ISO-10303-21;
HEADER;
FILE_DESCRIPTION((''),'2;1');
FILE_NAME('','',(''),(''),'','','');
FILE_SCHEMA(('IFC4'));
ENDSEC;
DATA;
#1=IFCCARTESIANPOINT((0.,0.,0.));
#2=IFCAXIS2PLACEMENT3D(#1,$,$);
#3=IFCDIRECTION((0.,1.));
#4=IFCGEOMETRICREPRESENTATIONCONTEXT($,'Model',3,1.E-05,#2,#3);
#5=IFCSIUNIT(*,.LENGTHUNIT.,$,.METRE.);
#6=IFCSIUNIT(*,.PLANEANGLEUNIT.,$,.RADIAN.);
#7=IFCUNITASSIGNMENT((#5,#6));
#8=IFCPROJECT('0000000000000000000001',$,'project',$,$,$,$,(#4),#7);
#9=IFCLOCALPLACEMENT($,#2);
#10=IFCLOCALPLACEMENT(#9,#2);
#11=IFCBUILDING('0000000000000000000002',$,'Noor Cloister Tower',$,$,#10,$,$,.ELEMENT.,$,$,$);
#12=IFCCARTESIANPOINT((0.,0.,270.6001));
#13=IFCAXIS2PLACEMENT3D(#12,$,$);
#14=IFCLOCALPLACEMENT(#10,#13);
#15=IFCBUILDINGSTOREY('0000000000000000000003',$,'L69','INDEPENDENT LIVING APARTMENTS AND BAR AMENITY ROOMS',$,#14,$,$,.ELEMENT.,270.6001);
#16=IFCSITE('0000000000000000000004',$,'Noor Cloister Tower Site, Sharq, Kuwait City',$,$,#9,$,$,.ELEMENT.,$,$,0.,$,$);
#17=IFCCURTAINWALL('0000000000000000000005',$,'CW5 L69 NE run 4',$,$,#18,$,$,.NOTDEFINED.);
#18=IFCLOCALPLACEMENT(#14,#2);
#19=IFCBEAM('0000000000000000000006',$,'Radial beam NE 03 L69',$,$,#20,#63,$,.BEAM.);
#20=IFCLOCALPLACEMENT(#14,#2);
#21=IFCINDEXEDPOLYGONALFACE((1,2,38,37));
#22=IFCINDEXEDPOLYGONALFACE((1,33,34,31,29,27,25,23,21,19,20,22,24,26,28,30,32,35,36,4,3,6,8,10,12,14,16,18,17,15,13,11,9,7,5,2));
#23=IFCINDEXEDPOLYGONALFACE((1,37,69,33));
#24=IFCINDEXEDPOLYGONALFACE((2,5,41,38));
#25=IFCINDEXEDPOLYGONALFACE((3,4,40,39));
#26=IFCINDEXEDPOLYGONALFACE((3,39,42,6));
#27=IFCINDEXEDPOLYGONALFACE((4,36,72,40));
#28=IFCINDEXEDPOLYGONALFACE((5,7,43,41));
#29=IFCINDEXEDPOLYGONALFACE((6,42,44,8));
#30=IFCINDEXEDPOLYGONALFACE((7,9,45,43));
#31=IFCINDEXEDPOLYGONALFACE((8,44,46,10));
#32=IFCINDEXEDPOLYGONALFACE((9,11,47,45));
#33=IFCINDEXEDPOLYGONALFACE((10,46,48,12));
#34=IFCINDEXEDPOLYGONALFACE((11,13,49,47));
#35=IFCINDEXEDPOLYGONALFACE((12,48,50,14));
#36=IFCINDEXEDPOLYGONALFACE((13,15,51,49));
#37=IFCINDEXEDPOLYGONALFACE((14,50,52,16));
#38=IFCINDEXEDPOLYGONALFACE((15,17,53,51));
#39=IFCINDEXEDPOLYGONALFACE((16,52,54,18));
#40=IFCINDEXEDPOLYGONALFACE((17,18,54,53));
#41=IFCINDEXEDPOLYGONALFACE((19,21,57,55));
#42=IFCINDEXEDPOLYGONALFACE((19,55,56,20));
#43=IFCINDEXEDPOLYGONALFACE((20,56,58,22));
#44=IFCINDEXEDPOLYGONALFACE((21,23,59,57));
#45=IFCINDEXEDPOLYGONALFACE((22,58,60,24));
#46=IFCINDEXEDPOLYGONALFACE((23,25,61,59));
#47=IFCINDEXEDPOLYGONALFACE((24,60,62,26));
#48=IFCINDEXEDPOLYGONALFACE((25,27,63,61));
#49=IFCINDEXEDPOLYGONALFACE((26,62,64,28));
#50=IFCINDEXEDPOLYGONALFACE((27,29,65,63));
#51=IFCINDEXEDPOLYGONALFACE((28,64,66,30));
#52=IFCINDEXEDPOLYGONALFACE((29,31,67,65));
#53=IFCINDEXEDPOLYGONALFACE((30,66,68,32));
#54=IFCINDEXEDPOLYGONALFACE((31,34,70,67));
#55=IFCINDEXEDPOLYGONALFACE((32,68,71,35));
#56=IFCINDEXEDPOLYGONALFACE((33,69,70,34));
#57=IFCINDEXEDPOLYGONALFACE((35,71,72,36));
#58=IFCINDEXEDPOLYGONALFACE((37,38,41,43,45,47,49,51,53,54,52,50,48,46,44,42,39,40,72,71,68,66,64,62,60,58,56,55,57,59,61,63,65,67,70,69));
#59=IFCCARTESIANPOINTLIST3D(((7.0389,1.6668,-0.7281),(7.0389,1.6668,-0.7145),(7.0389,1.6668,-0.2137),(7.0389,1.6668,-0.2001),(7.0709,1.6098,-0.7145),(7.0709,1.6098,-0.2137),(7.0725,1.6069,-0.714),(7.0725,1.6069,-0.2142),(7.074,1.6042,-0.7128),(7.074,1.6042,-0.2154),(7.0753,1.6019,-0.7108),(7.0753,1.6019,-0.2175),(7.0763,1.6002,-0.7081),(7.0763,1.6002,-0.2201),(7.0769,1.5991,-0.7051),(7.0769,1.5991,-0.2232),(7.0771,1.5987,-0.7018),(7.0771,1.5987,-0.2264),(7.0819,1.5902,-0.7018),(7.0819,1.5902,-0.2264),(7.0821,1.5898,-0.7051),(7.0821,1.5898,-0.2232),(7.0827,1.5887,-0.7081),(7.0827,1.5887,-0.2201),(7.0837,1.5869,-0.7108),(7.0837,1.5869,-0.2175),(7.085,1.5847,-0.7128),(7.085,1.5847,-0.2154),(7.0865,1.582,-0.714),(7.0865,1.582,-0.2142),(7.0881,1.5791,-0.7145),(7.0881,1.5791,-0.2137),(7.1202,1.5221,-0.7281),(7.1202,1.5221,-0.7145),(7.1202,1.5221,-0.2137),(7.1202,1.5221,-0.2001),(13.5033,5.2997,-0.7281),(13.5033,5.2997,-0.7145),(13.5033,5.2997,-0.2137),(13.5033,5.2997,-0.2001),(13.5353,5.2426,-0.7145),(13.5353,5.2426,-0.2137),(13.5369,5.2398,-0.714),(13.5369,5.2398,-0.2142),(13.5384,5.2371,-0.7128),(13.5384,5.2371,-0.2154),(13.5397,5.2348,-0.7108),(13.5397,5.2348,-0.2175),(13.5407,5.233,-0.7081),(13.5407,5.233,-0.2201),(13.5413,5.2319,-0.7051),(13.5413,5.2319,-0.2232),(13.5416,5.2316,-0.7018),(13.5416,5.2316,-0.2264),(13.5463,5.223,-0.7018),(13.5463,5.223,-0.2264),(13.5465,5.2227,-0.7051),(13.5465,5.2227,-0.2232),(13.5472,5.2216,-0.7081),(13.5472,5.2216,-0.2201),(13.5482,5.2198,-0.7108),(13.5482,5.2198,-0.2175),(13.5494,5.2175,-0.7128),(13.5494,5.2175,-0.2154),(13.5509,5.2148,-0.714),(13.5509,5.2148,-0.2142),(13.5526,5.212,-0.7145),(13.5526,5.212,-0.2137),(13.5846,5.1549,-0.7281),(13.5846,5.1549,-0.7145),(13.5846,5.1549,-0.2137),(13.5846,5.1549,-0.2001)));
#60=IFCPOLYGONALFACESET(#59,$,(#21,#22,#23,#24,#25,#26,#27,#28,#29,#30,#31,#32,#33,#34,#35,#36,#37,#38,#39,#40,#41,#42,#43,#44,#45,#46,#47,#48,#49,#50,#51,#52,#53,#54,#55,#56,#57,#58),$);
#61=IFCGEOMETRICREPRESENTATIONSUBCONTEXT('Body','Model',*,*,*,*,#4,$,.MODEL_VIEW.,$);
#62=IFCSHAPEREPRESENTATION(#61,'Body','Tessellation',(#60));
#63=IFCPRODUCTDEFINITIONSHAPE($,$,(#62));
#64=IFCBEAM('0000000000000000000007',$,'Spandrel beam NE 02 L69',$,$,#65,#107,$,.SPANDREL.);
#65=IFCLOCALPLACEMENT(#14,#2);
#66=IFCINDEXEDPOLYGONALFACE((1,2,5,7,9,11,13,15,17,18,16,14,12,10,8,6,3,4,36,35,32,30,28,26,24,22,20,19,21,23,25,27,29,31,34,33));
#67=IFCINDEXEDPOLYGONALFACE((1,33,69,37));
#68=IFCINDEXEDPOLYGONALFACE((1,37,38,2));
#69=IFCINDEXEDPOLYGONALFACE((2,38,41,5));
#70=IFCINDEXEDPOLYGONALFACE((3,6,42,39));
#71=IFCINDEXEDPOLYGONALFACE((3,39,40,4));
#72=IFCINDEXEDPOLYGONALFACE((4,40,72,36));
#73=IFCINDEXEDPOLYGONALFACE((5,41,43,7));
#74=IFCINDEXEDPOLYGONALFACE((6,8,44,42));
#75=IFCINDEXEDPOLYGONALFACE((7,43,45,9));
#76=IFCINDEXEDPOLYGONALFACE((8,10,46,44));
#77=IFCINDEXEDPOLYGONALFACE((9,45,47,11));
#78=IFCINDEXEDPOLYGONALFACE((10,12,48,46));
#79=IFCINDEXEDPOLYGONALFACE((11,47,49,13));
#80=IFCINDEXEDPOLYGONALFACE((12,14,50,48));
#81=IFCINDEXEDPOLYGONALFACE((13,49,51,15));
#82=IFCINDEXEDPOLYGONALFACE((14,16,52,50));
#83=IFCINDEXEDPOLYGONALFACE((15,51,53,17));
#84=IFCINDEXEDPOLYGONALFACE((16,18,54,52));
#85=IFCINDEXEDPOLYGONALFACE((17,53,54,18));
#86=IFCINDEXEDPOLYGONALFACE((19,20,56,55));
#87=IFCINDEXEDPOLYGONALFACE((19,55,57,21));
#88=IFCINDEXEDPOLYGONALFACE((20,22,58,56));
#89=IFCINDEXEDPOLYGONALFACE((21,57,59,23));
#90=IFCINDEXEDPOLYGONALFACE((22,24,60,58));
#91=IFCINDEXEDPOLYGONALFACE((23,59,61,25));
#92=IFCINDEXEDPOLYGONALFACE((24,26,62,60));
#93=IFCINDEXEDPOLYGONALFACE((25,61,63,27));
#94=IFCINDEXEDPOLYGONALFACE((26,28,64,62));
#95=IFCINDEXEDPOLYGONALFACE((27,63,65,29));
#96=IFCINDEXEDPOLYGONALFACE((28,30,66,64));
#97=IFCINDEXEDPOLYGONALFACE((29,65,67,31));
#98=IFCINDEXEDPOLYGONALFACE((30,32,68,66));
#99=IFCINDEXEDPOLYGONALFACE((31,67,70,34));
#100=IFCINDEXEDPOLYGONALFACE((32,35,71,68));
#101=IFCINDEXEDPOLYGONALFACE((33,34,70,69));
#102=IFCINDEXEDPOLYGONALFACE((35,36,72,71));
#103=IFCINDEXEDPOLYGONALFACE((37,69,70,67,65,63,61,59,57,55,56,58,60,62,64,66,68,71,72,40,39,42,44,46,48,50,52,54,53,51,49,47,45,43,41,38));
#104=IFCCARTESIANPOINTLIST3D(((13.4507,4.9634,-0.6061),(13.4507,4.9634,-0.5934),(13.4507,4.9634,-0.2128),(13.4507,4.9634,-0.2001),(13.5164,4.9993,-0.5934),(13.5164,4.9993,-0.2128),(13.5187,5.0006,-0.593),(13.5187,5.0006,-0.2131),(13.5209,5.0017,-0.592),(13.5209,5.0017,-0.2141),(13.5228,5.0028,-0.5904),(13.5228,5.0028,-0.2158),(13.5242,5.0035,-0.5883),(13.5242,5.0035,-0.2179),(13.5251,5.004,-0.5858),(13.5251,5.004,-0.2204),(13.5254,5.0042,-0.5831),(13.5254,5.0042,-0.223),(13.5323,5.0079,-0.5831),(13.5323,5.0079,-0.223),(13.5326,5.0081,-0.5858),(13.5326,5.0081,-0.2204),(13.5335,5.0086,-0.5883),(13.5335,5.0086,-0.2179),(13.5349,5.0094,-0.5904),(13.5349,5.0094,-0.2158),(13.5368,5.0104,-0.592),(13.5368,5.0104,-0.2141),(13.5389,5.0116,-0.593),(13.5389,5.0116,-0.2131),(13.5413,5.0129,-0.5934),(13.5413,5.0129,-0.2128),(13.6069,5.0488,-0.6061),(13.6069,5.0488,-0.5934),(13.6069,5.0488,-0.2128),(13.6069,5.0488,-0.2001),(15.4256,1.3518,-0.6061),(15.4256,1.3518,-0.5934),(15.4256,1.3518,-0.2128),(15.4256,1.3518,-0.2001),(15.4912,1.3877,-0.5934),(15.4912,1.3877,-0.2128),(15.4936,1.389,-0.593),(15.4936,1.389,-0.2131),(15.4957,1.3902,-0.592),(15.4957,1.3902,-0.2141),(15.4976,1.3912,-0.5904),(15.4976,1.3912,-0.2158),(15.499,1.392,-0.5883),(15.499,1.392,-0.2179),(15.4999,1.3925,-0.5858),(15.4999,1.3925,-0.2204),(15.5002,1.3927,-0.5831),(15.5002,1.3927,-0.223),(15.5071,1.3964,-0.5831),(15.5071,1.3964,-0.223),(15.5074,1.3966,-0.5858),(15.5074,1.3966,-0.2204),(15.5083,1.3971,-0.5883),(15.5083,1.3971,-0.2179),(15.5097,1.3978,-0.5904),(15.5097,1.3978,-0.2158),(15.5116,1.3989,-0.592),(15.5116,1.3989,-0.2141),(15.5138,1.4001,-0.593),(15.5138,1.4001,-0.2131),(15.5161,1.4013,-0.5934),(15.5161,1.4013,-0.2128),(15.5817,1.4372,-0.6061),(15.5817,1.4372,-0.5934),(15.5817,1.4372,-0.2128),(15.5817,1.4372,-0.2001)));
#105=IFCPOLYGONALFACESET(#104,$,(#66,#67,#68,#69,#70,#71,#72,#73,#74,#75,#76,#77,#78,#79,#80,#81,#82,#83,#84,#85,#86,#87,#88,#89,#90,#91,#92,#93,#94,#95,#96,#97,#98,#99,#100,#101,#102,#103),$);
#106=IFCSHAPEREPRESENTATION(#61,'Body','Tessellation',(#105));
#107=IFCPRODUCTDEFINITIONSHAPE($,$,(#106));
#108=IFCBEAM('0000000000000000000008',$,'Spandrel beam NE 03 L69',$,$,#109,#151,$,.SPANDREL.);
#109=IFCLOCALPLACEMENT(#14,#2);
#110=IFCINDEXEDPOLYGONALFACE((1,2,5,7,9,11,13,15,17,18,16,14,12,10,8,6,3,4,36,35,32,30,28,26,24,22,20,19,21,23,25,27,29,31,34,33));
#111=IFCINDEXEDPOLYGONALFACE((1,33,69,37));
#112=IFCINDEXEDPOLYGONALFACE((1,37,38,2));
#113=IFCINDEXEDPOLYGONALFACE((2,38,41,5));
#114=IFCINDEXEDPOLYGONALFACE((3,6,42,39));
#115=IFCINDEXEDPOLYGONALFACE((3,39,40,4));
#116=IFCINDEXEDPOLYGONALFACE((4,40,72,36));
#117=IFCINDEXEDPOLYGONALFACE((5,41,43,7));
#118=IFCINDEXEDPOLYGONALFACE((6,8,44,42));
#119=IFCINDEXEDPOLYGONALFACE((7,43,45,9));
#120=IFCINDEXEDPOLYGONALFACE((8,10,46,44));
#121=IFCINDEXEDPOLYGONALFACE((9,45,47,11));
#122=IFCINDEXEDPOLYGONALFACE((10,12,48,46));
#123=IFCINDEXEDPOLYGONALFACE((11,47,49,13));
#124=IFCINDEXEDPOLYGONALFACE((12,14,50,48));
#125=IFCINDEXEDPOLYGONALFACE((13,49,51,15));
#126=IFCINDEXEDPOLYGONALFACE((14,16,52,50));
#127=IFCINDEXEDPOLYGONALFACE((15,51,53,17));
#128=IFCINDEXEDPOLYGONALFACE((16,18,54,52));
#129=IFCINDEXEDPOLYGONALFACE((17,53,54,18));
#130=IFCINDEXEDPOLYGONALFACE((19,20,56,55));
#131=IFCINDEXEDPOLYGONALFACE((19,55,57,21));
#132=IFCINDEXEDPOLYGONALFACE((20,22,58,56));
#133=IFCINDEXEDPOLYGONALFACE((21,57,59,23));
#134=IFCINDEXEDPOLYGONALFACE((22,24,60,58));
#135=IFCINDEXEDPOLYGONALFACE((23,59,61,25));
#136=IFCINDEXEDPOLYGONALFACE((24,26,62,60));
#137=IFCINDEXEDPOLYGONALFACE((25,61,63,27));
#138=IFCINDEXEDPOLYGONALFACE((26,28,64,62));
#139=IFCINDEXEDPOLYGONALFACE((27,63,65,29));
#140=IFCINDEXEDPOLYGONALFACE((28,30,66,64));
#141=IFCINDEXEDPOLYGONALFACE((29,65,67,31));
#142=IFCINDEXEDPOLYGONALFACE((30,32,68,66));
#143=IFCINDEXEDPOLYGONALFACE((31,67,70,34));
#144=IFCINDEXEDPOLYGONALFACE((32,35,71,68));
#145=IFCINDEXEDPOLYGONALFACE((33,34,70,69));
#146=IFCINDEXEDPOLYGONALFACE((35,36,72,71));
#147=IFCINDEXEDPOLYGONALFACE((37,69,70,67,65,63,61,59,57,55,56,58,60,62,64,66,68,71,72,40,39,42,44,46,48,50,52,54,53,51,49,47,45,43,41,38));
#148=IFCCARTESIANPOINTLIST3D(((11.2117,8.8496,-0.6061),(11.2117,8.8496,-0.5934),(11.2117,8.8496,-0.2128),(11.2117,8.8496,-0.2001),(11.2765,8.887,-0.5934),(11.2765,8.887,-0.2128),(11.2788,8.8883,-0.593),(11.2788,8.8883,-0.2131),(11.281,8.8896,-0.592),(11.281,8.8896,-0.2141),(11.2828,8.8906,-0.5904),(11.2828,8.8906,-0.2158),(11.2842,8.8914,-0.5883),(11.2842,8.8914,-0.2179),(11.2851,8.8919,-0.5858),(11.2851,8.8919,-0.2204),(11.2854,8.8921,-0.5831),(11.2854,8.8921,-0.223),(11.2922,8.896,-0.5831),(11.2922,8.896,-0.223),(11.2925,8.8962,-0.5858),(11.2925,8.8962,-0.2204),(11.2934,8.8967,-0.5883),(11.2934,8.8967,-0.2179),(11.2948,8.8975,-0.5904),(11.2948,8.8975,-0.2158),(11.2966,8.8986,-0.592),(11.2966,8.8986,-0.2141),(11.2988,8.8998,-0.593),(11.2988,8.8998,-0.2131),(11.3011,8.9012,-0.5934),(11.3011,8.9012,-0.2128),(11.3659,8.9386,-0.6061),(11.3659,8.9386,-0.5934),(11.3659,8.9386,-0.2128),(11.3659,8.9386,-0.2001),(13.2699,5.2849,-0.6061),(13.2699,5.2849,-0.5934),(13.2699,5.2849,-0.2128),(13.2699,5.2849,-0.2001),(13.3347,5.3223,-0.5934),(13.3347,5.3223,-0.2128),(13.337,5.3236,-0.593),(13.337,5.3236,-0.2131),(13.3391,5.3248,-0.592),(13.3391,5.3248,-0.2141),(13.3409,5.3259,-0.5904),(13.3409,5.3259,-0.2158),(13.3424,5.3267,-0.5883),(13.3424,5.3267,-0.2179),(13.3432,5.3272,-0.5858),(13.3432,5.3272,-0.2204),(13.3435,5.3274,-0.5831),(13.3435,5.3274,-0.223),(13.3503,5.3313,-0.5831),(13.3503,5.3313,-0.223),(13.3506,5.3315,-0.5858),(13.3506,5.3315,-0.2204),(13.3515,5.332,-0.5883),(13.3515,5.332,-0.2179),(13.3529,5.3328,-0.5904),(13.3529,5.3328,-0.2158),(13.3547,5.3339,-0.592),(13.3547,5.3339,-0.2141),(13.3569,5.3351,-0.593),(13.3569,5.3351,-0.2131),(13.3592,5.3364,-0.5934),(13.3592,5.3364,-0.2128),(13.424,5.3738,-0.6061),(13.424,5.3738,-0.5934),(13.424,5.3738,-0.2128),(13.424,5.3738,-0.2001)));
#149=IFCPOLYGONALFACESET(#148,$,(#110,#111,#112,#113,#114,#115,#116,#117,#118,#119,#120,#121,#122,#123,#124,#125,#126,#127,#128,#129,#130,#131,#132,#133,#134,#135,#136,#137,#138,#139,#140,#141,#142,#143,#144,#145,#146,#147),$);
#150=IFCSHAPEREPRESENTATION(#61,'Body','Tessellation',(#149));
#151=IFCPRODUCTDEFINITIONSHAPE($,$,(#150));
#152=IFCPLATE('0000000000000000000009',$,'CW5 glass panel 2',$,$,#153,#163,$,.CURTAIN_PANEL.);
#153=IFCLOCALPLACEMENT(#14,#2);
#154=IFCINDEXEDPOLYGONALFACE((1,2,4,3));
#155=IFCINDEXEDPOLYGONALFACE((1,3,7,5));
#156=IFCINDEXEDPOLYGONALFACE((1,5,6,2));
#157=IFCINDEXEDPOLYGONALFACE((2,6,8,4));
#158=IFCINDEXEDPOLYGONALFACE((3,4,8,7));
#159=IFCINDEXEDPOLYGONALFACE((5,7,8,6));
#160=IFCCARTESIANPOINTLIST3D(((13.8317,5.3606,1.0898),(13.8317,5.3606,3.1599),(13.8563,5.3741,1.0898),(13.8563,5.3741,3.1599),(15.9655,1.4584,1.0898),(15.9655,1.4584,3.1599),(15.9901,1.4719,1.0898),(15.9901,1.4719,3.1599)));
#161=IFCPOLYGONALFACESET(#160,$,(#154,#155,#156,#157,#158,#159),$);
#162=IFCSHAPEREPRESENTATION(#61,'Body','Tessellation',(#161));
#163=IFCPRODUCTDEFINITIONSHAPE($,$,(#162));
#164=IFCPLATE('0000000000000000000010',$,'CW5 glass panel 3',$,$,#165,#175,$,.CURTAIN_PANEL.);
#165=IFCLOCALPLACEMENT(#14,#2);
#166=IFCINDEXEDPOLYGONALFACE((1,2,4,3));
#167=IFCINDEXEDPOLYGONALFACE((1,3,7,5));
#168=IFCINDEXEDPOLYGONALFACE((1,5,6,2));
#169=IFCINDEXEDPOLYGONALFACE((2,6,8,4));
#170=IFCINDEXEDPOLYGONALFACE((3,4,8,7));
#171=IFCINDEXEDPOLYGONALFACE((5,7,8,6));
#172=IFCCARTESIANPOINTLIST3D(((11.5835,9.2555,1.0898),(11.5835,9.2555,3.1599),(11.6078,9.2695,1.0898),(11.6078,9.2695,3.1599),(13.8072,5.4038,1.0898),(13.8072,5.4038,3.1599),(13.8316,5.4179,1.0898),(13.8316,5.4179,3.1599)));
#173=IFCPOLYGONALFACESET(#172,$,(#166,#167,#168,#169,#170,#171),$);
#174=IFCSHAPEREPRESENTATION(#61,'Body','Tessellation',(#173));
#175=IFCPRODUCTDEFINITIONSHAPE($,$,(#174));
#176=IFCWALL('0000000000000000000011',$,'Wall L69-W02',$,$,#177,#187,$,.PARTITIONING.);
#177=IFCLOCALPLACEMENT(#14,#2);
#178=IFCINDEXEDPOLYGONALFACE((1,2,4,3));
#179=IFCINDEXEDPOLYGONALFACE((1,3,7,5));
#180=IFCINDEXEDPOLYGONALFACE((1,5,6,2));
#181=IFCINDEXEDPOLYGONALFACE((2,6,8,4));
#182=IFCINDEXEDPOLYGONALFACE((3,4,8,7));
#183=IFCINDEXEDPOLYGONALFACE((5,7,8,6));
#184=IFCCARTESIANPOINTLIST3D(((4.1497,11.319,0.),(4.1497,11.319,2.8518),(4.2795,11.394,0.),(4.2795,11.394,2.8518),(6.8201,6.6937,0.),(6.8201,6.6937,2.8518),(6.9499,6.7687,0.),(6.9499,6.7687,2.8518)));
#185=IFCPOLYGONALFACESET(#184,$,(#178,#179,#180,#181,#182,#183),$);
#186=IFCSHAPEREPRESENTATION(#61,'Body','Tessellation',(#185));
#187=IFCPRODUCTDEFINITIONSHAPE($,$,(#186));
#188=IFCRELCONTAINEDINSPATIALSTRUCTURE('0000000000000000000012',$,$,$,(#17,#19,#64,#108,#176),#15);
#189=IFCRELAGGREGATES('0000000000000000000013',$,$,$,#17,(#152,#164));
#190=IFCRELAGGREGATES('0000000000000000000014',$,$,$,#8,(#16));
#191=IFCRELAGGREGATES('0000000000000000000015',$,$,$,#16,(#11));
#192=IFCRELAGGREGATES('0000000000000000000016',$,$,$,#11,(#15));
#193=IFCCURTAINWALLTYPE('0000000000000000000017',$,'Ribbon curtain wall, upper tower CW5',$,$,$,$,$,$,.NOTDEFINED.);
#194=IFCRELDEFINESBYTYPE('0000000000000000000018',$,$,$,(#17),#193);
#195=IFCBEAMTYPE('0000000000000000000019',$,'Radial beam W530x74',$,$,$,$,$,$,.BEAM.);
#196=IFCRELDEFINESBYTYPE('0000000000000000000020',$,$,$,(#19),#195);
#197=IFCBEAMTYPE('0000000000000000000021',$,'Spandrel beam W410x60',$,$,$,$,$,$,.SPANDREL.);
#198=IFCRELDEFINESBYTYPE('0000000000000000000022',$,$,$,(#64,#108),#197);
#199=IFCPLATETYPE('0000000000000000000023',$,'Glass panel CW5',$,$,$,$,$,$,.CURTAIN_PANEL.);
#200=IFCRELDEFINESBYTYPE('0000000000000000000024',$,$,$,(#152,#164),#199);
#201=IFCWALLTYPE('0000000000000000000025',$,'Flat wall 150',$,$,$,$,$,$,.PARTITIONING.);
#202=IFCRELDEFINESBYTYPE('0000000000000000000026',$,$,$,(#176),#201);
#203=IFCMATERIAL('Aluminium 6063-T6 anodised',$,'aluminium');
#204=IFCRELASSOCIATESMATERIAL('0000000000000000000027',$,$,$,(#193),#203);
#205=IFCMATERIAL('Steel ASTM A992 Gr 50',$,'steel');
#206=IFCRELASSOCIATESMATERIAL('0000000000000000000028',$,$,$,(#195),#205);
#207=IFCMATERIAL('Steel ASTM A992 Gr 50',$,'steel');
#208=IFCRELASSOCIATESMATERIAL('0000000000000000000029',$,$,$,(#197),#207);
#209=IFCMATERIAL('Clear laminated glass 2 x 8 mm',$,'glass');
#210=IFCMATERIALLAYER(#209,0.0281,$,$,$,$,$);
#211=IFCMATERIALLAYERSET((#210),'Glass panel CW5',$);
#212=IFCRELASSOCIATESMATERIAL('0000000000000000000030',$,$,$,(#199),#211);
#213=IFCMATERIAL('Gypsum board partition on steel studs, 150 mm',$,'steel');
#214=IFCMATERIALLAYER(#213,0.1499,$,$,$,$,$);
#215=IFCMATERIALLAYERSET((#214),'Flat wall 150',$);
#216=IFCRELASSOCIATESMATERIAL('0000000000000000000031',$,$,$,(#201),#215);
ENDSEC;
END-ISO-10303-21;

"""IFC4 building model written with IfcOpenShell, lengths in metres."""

from ifc_helpers import new_model, si_unit, direction, frame, frame_2d, origin, origin_2d, place, context, subcontext, project, spatial, rectangle, i_section, extrude, material, layer, layer_set, material_profile, profile_set, type_object, element, aggregate, save


model = new_model("IFC4")

# Units and contexts
model_context = context("Model", 3, precision=1e-05, world=origin(), true_north=direction((0.0, 1.0)))
body_context = subcontext(model_context, "Body", "Model", "MODEL_VIEW")
ifc_project = project(units=[si_unit("LENGTHUNIT", "METRE"), si_unit("PLANEANGLEUNIT", "RADIAN")], contexts=[model_context])

# Site, building, storey
site_placement = place(None, origin())
site = spatial("IfcSite", under=ifc_project, at=site_placement, Name="Noor Cloister Tower Site, Sharq, Kuwait City", CompositionType="ELEMENT", RefElevation=0.0)
building_placement = place(site_placement, origin())
building = spatial("IfcBuilding", under=site, at=building_placement, Name="Noor Cloister Tower", CompositionType="ELEMENT")
storey_placement = place(building_placement, frame((0.0, 0.0, 270.6001)))
storey = spatial("IfcBuildingStorey", under=building, at=storey_placement, Name="L69", Description="INDEPENDENT LIVING APARTMENTS AND BAR AMENITY ROOMS", CompositionType="ELEMENT", Elevation=270.6001)

# Curtain wall
ifc_material_1 = material(Name="Aluminium 6063-T6 anodised", Category="aluminium")
curtain_wall_type = type_object("IfcCurtainWallType", Name="Ribbon curtain wall, upper tower CW5", PredefinedType="NOTDEFINED", material=ifc_material_1)
curtain_wall_placement = place(storey_placement, origin())
curtain_wall = element("IfcCurtainWall", 1, at=curtain_wall_placement, inside=storey, type_object=curtain_wall_type, Name="CW5 L69 NE run 4", PredefinedType="NOTDEFINED")

# Beams
ifc_material_2 = material(Name="Steel ASTM A992 Gr 50", Category="steel")
ifc_material_profile_1 = material_profile(ifc_material_2, i_section(OverallWidth=0.166, OverallDepth=0.5281, WebThickness=0.0098, FlangeThickness=0.0137, FilletRadius=0.0127, at=origin_2d()), Name="W530x74")
ifc_profile_set_1 = profile_set([ifc_material_profile_1], Name="Steel ASTM A992 Gr 50")
beam_type_1 = type_object("IfcBeamType", Name="Radial beam W530x74", PredefinedType="BEAM", material=ifc_profile_set_1)
beam_1_placement = place(storey_placement, frame((13.5439, 5.2273, -0.4641), z_axis=(-0.871771, -0.489914, 0.0), x_axis=(0.489914, -0.871771, 0.0)))
element("IfcBeam", 2, at=beam_1_placement, inside=storey, type_object=beam_type_1, Name="Radial beam NE 03 L69", PredefinedType="BEAM", context=body_context, shape_type="SweptSolid", body=[
    extrude(i_section(OverallWidth=0.166, OverallDepth=0.5281, WebThickness=0.0098, FlangeThickness=0.0137, FilletRadius=0.0127, at=origin_2d()), origin(), (0.0, 0.0, 1.0), 7.4153),
])
ifc_material_3 = material(Name="Steel ASTM A992 Gr 50", Category="steel")
ifc_material_profile_2 = material_profile(ifc_material_3, i_section(OverallWidth=0.178, OverallDepth=0.406, WebThickness=0.0078, FlangeThickness=0.0127, FilletRadius=0.0103, at=origin_2d()), Name="W410x60")
ifc_profile_set_2 = profile_set([ifc_material_profile_2], Name="Steel ASTM A992 Gr 50")
beam_type_2 = type_object("IfcBeamType", Name="Spandrel beam W410x60", PredefinedType="SPANDREL", material=ifc_profile_set_2)
for number, where, z_axis, x_axis, name in (
    (3, (15.5037, 1.3945, -0.4031), (-0.47977, 0.877394, 0.0), (-0.877394, -0.47977, 0.0), "Spandrel beam NE 02 L69"),
    (4, (13.3469, 5.3293, -0.4031), (-0.500005, 0.866023, 0.0), (-0.866023, -0.500005, 0.0), "Spandrel beam NE 03 L69"),
):
    element("IfcBeam", number, at=place(storey_placement, frame(where, z_axis=z_axis, x_axis=x_axis)), inside=storey, type_object=beam_type_2, Name=name, PredefinedType="SPANDREL", context=body_context, shape_type="SweptSolid", body=[
        extrude(i_section(OverallWidth=0.178, OverallDepth=0.406, WebThickness=0.0078, FlangeThickness=0.0127, FilletRadius=0.0103, at=origin_2d()), origin(), (0.0, 0.0, 1.0), 4.1162),
    ])

# Plates
ifc_material_4 = material(Name="Clear laminated glass 2 x 8 mm", Category="glass")
ifc_layer_1 = layer(ifc_material_4, 0.0281)
ifc_layer_set_1 = layer_set([ifc_layer_1], Name="Glass panel CW5")
plate_type = type_object("IfcPlateType", Name="Glass panel CW5", PredefinedType="CURTAIN_PANEL", material=ifc_layer_set_1)
plate_1_placement = place(storey_placement, frame((14.9109, 3.4163, 1.0898), z_axis=(0.0, 0.0, 1.0), x_axis=(-0.479782, 0.877388, 0.0)))
plate_1 = element("IfcPlate", 5, at=plate_1_placement, type_object=plate_type, Name="CW5 glass panel 2", PredefinedType="CURTAIN_PANEL", context=body_context, shape_type="SweptSolid", body=[
    extrude(rectangle(XDim=4.4475, YDim=0.0281, at=origin_2d()), origin(), (0.0, 0.0, 1.0), 2.0701),
])
plate_2_placement = place(storey_placement, frame((12.7075, 7.3367, 1.0898), z_axis=(0.0, 0.0, 1.0), x_axis=(-0.5, 0.866025, 0.0)))
plate_2 = element("IfcPlate", 6, at=plate_2_placement, type_object=plate_type, Name="CW5 glass panel 3", PredefinedType="CURTAIN_PANEL", context=body_context, shape_type="SweptSolid", body=[
    extrude(rectangle(XDim=4.4475, YDim=0.0281, at=origin_2d()), origin(), (0.0, 0.0, 1.0), 2.0701),
])
aggregate(curtain_wall, [plate_1, plate_2])

# Wall
ifc_material_5 = material(Name="Gypsum board partition on steel studs, 150 mm", Category="steel")
ifc_layer_2 = layer(ifc_material_5, 0.1499)
ifc_layer_set_2 = layer_set([ifc_layer_2], Name="Flat wall 150")
wall_type_1 = type_object("IfcWallType", Name="Flat wall 150", PredefinedType="PARTITIONING", material=ifc_layer_set_2)
wall_1_placement = place(storey_placement, frame((6.885, 6.7312, 0.0), z_axis=(0.0, 0.0, 1.0), x_axis=(-0.500003, 0.866023, 0.0)))
element("IfcWall", 7, at=wall_1_placement, inside=storey, type_object=wall_type_1, Name="Wall L69-W02", PredefinedType="PARTITIONING", context=body_context, shape_type="SweptSolid", body=[
    extrude(rectangle(XDim=5.3408, YDim=0.1499, at=frame_2d((2.6704, 0.0))), origin(), (0.0, 0.0, 1.0), 2.8518),
])

save(model, "model.ifc")
